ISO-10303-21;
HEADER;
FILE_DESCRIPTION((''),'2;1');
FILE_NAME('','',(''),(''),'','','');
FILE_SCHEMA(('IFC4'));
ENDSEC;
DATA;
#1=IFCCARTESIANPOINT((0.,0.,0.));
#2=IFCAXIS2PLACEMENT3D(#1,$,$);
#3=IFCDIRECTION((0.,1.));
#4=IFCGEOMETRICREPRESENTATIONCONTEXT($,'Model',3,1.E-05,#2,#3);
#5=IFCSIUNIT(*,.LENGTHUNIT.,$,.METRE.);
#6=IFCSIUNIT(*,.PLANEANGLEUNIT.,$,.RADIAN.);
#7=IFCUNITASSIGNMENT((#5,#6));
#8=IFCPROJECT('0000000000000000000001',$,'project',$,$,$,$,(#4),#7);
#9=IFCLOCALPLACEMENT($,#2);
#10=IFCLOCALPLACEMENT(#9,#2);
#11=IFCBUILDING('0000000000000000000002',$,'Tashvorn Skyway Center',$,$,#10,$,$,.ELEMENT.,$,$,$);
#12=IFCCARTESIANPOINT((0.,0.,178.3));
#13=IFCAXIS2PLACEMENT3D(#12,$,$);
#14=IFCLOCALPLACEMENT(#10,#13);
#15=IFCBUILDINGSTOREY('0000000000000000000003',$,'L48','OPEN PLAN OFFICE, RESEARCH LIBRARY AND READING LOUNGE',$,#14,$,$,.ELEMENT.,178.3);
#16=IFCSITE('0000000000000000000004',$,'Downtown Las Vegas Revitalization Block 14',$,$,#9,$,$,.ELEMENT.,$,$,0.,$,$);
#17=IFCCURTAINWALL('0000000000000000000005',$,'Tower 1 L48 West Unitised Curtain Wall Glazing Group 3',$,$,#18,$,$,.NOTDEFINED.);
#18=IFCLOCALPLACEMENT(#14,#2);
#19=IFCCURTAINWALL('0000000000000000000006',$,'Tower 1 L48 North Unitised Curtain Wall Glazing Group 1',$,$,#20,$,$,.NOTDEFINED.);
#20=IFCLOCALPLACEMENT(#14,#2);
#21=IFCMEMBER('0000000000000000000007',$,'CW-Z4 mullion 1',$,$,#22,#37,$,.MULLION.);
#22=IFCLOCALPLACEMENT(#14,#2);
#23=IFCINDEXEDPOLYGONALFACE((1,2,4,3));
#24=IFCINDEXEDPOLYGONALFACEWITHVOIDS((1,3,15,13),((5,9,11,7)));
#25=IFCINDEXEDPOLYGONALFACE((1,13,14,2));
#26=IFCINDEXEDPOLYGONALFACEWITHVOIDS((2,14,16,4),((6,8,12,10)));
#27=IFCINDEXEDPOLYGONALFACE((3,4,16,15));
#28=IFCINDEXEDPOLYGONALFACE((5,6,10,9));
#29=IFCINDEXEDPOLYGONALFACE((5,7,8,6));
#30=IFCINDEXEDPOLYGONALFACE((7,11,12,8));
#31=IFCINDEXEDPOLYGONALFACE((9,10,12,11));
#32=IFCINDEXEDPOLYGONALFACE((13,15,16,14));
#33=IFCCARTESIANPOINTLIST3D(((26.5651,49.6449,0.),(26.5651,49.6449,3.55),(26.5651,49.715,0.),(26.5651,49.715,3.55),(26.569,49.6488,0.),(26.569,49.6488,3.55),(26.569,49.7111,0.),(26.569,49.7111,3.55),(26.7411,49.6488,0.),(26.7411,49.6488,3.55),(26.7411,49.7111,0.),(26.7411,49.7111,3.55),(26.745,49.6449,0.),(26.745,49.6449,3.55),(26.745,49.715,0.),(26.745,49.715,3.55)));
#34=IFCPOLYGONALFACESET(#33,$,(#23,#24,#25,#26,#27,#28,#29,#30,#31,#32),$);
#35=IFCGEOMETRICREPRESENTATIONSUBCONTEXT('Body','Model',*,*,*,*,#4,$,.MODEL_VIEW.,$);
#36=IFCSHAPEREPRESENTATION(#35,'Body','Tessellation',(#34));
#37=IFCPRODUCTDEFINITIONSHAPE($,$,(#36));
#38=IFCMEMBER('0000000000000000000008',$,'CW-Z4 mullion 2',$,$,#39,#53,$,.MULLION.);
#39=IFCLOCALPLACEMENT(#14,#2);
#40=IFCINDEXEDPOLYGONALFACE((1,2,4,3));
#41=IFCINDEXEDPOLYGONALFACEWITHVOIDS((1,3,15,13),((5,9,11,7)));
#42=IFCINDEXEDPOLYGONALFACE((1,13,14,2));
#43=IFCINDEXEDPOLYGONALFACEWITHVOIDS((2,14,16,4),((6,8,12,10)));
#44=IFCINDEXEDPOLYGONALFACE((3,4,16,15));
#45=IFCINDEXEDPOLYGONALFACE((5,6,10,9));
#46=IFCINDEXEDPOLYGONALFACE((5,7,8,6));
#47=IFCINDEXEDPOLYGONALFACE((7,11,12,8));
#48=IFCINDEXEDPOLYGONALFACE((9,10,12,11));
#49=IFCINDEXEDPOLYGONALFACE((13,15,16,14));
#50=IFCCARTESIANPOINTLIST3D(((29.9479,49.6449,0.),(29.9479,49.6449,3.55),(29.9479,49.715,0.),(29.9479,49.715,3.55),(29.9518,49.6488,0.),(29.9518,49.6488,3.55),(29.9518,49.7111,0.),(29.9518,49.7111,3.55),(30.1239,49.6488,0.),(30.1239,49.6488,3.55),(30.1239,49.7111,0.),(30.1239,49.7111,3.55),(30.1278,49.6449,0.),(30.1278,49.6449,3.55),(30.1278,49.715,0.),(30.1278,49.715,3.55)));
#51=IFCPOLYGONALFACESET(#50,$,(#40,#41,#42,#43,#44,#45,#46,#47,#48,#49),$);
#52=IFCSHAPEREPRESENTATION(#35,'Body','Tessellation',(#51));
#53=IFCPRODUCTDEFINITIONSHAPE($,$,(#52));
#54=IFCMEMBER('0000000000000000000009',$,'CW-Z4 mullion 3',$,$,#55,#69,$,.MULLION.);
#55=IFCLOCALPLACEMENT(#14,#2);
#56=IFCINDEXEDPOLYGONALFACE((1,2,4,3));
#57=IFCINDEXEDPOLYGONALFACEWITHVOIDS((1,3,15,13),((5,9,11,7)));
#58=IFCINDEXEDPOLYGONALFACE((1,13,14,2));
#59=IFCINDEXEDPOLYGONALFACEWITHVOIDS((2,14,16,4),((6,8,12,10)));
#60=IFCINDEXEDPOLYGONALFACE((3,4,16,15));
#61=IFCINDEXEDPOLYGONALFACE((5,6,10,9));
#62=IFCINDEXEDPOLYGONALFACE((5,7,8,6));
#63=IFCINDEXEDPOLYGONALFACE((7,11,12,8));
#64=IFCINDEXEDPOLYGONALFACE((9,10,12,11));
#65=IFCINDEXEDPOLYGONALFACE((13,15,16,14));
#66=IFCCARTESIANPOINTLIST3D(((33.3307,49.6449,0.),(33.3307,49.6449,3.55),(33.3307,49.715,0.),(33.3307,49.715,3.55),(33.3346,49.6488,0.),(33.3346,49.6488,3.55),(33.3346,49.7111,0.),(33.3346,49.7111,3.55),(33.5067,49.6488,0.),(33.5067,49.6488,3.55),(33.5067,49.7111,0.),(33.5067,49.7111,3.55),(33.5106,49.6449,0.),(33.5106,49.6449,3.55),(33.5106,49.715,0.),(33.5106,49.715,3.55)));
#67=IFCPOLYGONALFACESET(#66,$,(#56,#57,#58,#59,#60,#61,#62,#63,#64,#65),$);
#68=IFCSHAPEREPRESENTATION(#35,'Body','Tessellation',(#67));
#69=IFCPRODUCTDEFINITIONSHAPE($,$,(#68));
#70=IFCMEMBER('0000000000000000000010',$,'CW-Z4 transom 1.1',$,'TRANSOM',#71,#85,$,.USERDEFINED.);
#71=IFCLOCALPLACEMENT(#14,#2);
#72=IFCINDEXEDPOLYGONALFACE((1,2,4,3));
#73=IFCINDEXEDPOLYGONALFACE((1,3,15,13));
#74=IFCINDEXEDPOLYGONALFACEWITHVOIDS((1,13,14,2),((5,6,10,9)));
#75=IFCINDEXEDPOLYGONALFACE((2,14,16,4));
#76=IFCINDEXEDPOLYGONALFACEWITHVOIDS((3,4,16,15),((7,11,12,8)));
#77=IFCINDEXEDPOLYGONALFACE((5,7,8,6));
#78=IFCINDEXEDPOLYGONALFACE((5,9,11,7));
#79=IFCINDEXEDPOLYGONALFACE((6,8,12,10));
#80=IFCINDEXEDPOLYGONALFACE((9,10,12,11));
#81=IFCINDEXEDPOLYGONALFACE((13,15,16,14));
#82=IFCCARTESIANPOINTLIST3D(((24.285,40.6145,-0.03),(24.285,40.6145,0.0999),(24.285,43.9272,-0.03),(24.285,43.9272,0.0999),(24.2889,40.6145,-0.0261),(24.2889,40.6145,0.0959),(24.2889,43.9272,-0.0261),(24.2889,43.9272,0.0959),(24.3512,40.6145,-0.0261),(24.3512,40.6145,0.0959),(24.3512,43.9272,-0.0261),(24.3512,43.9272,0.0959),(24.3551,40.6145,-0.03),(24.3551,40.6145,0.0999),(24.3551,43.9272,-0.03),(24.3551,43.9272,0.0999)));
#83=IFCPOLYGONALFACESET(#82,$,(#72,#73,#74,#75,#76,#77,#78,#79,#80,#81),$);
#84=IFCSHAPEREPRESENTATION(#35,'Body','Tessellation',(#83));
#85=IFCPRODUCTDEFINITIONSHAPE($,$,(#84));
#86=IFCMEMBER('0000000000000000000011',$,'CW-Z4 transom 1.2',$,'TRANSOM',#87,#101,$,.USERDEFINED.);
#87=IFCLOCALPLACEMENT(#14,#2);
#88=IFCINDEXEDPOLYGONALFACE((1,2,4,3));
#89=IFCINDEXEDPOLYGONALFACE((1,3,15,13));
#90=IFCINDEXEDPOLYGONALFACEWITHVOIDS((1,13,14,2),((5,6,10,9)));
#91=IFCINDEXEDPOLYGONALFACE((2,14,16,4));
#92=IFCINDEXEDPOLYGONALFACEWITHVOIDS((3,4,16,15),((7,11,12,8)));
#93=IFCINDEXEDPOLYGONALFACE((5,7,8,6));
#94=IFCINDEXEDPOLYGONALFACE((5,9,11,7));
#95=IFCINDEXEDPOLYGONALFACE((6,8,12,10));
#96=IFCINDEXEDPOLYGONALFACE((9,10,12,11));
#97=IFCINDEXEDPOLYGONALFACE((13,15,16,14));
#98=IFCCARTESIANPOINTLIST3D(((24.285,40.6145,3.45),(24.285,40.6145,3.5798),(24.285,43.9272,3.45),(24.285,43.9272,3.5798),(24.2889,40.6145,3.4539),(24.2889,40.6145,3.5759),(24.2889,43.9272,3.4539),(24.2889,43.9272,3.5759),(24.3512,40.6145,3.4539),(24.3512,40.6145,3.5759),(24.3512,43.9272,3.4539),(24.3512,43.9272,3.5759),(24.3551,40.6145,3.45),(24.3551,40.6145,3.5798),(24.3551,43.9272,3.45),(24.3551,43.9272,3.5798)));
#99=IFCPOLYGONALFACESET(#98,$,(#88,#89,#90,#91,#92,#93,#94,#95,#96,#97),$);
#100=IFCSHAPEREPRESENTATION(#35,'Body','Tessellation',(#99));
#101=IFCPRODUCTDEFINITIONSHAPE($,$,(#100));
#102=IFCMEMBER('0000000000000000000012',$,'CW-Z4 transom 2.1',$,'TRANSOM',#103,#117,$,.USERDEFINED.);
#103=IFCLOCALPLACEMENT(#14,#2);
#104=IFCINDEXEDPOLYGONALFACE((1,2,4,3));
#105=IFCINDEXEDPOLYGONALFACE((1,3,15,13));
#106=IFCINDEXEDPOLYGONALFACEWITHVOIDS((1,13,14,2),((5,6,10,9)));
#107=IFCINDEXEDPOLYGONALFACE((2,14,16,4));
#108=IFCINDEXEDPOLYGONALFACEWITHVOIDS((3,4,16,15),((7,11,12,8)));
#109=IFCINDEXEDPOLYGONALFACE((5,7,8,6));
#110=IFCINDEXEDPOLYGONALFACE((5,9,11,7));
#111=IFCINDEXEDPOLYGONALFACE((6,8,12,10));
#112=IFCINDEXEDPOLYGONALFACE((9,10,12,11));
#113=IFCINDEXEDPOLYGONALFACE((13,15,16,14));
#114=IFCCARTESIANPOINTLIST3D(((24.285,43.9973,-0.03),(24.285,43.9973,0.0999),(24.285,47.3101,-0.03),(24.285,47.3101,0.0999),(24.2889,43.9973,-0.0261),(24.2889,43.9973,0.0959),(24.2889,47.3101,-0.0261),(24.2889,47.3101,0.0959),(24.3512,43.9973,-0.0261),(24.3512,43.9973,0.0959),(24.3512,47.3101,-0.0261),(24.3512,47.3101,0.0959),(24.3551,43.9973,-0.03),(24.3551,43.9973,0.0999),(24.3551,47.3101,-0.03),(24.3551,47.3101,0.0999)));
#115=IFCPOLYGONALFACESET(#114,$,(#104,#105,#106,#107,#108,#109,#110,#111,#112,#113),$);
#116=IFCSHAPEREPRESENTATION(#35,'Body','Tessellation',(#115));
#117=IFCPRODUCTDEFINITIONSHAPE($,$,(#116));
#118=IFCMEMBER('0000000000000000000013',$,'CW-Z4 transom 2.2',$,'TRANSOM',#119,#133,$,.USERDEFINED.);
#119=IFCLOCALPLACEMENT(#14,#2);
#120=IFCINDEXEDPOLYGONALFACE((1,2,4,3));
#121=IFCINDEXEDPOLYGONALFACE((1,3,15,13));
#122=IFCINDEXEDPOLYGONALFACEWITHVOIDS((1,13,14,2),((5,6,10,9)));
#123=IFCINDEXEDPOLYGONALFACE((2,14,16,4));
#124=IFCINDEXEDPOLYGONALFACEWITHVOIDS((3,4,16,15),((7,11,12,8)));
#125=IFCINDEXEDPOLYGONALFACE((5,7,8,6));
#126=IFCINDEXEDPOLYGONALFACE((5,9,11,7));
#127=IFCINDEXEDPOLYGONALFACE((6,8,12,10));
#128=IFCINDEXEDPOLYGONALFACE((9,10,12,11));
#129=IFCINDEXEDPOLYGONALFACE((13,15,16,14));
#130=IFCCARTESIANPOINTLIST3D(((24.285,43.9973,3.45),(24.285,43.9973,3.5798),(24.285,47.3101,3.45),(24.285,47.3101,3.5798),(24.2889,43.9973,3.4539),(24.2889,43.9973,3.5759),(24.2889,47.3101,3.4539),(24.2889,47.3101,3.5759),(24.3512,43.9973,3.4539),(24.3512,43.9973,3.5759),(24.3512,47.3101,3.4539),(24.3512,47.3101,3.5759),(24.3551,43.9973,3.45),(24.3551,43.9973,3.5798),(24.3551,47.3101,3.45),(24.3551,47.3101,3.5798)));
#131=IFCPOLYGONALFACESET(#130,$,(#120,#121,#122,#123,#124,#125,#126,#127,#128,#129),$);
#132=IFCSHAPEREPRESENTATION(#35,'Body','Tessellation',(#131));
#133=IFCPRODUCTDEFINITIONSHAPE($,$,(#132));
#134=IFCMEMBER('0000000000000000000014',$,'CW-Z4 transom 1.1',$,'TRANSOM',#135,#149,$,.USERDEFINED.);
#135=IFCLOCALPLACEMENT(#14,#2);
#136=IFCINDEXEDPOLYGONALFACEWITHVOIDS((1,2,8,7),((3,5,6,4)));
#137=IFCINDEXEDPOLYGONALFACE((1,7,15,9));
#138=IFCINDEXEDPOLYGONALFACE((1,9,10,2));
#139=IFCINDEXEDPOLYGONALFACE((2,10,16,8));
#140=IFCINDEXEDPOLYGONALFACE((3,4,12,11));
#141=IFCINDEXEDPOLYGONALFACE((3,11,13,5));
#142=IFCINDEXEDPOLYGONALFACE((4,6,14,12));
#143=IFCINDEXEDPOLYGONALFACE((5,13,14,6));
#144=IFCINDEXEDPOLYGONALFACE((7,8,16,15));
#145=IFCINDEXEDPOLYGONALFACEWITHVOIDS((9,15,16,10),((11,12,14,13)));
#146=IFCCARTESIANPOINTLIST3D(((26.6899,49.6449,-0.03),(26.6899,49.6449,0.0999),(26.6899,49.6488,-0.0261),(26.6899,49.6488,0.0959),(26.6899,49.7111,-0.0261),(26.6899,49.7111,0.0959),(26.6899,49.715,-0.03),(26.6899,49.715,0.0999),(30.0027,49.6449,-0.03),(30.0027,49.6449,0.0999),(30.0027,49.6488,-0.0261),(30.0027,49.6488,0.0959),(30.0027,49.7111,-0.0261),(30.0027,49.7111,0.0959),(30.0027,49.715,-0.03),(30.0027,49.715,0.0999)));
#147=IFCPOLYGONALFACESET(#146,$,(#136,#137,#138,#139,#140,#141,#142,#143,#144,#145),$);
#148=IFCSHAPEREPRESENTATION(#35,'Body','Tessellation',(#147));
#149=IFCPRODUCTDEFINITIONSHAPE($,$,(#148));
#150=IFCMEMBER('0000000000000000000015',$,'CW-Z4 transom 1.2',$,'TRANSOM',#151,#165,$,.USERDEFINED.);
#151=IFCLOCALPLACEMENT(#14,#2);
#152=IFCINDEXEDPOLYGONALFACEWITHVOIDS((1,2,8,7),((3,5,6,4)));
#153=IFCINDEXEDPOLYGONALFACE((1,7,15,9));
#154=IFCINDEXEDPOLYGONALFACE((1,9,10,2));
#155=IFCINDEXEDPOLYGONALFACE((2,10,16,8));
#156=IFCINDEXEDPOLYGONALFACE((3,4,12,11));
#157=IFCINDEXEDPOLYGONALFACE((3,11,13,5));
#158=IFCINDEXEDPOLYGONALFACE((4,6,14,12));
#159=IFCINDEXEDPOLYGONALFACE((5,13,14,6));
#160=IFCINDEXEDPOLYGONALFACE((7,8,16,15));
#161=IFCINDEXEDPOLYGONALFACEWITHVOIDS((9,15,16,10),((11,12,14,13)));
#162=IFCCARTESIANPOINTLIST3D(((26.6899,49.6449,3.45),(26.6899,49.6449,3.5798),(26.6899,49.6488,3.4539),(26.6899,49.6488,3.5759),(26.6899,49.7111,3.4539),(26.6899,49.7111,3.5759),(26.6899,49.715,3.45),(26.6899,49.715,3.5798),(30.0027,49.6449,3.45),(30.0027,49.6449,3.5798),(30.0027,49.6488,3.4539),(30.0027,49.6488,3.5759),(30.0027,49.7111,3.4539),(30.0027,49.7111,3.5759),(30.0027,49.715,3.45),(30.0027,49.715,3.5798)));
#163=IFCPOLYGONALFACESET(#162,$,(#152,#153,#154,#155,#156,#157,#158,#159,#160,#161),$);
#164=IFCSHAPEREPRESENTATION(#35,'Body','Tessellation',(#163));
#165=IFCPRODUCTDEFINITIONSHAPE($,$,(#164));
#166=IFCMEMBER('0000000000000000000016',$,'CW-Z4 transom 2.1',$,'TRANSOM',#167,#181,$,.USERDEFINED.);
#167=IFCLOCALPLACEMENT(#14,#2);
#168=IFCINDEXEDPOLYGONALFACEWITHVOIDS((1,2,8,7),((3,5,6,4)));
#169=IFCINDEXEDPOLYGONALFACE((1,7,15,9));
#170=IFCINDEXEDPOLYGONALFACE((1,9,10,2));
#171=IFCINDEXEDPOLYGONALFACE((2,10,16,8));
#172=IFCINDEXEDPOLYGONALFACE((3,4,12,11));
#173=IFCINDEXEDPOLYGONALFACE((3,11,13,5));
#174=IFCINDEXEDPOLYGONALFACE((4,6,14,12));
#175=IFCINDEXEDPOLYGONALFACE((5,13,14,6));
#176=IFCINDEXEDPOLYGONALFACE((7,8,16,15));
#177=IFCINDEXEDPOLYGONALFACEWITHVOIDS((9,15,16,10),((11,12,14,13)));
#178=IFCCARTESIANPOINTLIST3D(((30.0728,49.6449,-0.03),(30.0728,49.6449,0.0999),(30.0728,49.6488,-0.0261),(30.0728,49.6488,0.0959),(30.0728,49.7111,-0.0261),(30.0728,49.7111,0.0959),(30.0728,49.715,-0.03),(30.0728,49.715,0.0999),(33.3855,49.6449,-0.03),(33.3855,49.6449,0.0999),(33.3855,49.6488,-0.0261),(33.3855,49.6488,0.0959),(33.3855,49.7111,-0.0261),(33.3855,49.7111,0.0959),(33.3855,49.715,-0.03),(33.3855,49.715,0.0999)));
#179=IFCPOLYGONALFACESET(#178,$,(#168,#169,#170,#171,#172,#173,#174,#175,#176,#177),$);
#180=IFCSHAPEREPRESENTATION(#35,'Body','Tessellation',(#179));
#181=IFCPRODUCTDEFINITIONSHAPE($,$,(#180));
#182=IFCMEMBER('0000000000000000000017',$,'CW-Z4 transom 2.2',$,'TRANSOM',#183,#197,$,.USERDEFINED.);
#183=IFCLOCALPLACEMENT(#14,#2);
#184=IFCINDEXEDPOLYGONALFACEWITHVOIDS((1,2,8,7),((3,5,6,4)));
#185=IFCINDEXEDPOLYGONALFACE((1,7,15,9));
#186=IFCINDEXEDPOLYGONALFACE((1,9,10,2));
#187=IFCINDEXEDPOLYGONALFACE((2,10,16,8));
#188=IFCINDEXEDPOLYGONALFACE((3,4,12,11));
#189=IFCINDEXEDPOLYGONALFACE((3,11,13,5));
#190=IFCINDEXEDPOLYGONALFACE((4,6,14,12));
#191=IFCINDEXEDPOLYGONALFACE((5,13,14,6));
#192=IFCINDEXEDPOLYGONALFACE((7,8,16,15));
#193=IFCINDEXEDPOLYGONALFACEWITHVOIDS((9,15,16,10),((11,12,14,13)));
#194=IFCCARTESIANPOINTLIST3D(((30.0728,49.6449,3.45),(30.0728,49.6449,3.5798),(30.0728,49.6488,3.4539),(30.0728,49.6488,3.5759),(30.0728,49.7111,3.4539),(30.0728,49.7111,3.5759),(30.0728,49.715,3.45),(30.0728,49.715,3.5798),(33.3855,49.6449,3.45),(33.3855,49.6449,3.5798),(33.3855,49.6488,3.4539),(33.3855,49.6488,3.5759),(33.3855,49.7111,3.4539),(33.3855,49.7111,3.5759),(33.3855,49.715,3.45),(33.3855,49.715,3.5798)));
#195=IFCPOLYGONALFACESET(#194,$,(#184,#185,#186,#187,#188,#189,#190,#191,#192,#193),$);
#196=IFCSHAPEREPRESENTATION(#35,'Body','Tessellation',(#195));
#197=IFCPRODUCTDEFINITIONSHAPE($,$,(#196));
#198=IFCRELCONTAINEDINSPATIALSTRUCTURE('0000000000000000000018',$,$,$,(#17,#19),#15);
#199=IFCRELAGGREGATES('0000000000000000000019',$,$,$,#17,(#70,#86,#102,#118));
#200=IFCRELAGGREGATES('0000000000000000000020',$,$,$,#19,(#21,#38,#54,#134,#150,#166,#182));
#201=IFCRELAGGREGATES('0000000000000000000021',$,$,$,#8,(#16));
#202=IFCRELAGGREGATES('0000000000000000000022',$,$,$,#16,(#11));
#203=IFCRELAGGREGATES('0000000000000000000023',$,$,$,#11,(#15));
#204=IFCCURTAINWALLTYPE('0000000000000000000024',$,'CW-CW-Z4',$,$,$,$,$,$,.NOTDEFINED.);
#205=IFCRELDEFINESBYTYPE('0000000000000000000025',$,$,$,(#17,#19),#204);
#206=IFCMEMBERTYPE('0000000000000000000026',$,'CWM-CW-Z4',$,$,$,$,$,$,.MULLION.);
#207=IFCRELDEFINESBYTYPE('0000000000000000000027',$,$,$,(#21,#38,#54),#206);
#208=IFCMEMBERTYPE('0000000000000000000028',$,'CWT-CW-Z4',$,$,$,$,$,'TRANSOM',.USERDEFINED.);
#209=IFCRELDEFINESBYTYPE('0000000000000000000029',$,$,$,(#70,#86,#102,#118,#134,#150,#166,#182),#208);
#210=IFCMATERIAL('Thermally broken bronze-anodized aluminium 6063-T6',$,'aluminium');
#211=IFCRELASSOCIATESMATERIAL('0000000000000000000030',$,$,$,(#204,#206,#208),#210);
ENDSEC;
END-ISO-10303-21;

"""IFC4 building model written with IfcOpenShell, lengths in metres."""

from ifc_helpers import new_model, si_unit, direction, frame, origin, origin_2d, place, context, subcontext, project, spatial, hollow_rectangle, extrude, material, material_profile, profile_set, type_object, element, aggregate, save


model = new_model("IFC4")

# Units and contexts
model_context = context("Model", 3, precision=1e-05, world=origin(), true_north=direction((0.0, 1.0)))
body_context = subcontext(model_context, "Body", "Model", "MODEL_VIEW")
ifc_project = project(units=[si_unit("LENGTHUNIT", "METRE"), si_unit("PLANEANGLEUNIT", "RADIAN")], contexts=[model_context])

# Site, building, storey
site_placement = place(None, origin())
site = spatial("IfcSite", under=ifc_project, at=site_placement, Name="Downtown Las Vegas Revitalization Block 14", CompositionType="ELEMENT", RefElevation=0.0)
building_placement = place(site_placement, origin())
building = spatial("IfcBuilding", under=site, at=building_placement, Name="Tashvorn Skyway Center", CompositionType="ELEMENT")
storey_placement = place(building_placement, frame((0.0, 0.0, 178.3)))
storey = spatial("IfcBuildingStorey", under=building, at=storey_placement, Name="L48", Description="OPEN PLAN OFFICE, RESEARCH LIBRARY AND READING LOUNGE", CompositionType="ELEMENT", Elevation=178.3)

# Curtain walls, members
ifc_material_1 = material(Name="Thermally broken bronze-anodized aluminium 6063-T6", Category="aluminium")
curtain_wall_type = type_object("IfcCurtainWallType", Name="CW-CW-Z4", PredefinedType="NOTDEFINED", material=ifc_material_1)
curtain_wall_1_placement = place(storey_placement, origin())
curtain_wall_1 = element("IfcCurtainWall", 1, at=curtain_wall_1_placement, inside=storey, type_object=curtain_wall_type, Name="Tower 1 L48 West Unitised Curtain Wall Glazing Group 3", PredefinedType="NOTDEFINED")
ifc_material_profile_1 = material_profile(ifc_material_1, hollow_rectangle(XDim=0.0701, YDim=0.1799, WallThickness=0.0039, at=origin_2d()), Name="ALU-MULL-70x180")
ifc_profile_set_1 = profile_set([ifc_material_profile_1], Name="Thermally broken bronze-anodized aluminium 6063-T6")
member_type_1 = type_object("IfcMemberType", Name="CWM-CW-Z4", PredefinedType="MULLION", material=ifc_profile_set_1)
curtain_wall_2_placement = place(storey_placement, origin())
curtain_wall_2 = element("IfcCurtainWall", 2, at=curtain_wall_2_placement, inside=storey, type_object=curtain_wall_type, Name="Tower 1 L48 North Unitised Curtain Wall Glazing Group 1", PredefinedType="NOTDEFINED")
member_1_placement = place(storey_placement, frame((26.655, 49.6799, 0.0), z_axis=(0.0, 0.0, 1.0), x_axis=(0.0, 1.0, 0.0)))
member_1 = element("IfcMember", 3, at=member_1_placement, type_object=member_type_1, Name="CW-Z4 mullion 1", PredefinedType="MULLION", context=body_context, shape_type="SweptSolid", body=[
    extrude(hollow_rectangle(XDim=0.0701, YDim=0.1799, WallThickness=0.0039, at=origin_2d()), origin(), (0.0, 0.0, 1.0), 3.55),
])
member_2_placement = place(storey_placement, frame((30.0378, 49.6799, 0.0), z_axis=(0.0, 0.0, 1.0), x_axis=(0.0, 1.0, 0.0)))
member_2 = element("IfcMember", 4, at=member_2_placement, type_object=member_type_1, Name="CW-Z4 mullion 2", PredefinedType="MULLION", context=body_context, shape_type="SweptSolid", body=[
    extrude(hollow_rectangle(XDim=0.0701, YDim=0.1799, WallThickness=0.0039, at=origin_2d()), origin(), (0.0, 0.0, 1.0), 3.55),
])
member_3_placement = place(storey_placement, frame((33.4207, 49.6799, 0.0), z_axis=(0.0, 0.0, 1.0), x_axis=(0.0, 1.0, 0.0)))
member_3 = element("IfcMember", 5, at=member_3_placement, type_object=member_type_1, Name="CW-Z4 mullion 3", PredefinedType="MULLION", context=body_context, shape_type="SweptSolid", body=[
    extrude(hollow_rectangle(XDim=0.0701, YDim=0.1799, WallThickness=0.0039, at=origin_2d()), origin(), (0.0, 0.0, 1.0), 3.55),
])

# Members
ifc_material_profile_2 = material_profile(ifc_material_1, hollow_rectangle(XDim=0.0701, YDim=0.1299, WallThickness=0.0039, at=origin_2d()), Name="ALU-TRAN-70x130")
ifc_profile_set_2 = profile_set([ifc_material_profile_2], Name="Thermally broken bronze-anodized aluminium 6063-T6")
member_type_2 = type_object("IfcMemberType", Name="CWT-CW-Z4", ElementType="TRANSOM", PredefinedType="USERDEFINED", material=ifc_profile_set_2)
member_4_placement = place(storey_placement, frame((24.3201, 40.6145, 0.0349), z_axis=(0.0, 1.0, 0.0), x_axis=(-1.0, 0.0, 0.0)))
member_4 = element("IfcMember", 6, at=member_4_placement, type_object=member_type_2, Name="CW-Z4 transom 1.1", ObjectType="TRANSOM", PredefinedType="USERDEFINED", context=body_context, shape_type="SweptSolid", body=[
    extrude(hollow_rectangle(XDim=0.0701, YDim=0.1299, WallThickness=0.0039, at=origin_2d()), origin(), (0.0, 0.0, 1.0), 3.3127),
])
member_5_placement = place(storey_placement, frame((24.3201, 40.6145, 3.5149), z_axis=(0.0, 1.0, 0.0), x_axis=(-1.0, 0.0, 0.0)))
member_5 = element("IfcMember", 7, at=member_5_placement, type_object=member_type_2, Name="CW-Z4 transom 1.2", ObjectType="TRANSOM", PredefinedType="USERDEFINED", context=body_context, shape_type="SweptSolid", body=[
    extrude(hollow_rectangle(XDim=0.0701, YDim=0.1299, WallThickness=0.0039, at=origin_2d()), origin(), (0.0, 0.0, 1.0), 3.3127),
])
member_6_placement = place(storey_placement, frame((24.3201, 43.9973, 0.0349), z_axis=(0.0, 1.0, 0.0), x_axis=(-1.0, 0.0, 0.0)))
member_6 = element("IfcMember", 8, at=member_6_placement, type_object=member_type_2, Name="CW-Z4 transom 2.1", ObjectType="TRANSOM", PredefinedType="USERDEFINED", context=body_context, shape_type="SweptSolid", body=[
    extrude(hollow_rectangle(XDim=0.0701, YDim=0.1299, WallThickness=0.0039, at=origin_2d()), origin(), (0.0, 0.0, 1.0), 3.3127),
])
member_7_placement = place(storey_placement, frame((24.3201, 43.9973, 3.5149), z_axis=(0.0, 1.0, 0.0), x_axis=(-1.0, 0.0, 0.0)))
member_7 = element("IfcMember", 9, at=member_7_placement, type_object=member_type_2, Name="CW-Z4 transom 2.2", ObjectType="TRANSOM", PredefinedType="USERDEFINED", context=body_context, shape_type="SweptSolid", body=[
    extrude(hollow_rectangle(XDim=0.0701, YDim=0.1299, WallThickness=0.0039, at=origin_2d()), origin(), (0.0, 0.0, 1.0), 3.3127),
])
member_8_placement = place(storey_placement, frame((26.6899, 49.6799, 0.0349), z_axis=(1.0, 0.0, 0.0), x_axis=(0.0, 1.0, 0.0)))
member_8 = element("IfcMember", 10, at=member_8_placement, type_object=member_type_2, Name="CW-Z4 transom 1.1", ObjectType="TRANSOM", PredefinedType="USERDEFINED", context=body_context, shape_type="SweptSolid", body=[
    extrude(hollow_rectangle(XDim=0.0701, YDim=0.1299, WallThickness=0.0039, at=origin_2d()), origin(), (0.0, 0.0, 1.0), 3.3127),
])
member_9_placement = place(storey_placement, frame((26.6899, 49.6799, 3.5149), z_axis=(1.0, 0.0, 0.0), x_axis=(0.0, 1.0, 0.0)))
member_9 = element("IfcMember", 11, at=member_9_placement, type_object=member_type_2, Name="CW-Z4 transom 1.2", ObjectType="TRANSOM", PredefinedType="USERDEFINED", context=body_context, shape_type="SweptSolid", body=[
    extrude(hollow_rectangle(XDim=0.0701, YDim=0.1299, WallThickness=0.0039, at=origin_2d()), origin(), (0.0, 0.0, 1.0), 3.3127),
])
member_10_placement = place(storey_placement, frame((30.0728, 49.6799, 0.0349), z_axis=(1.0, 0.0, 0.0), x_axis=(0.0, 1.0, 0.0)))
member_10 = element("IfcMember", 12, at=member_10_placement, type_object=member_type_2, Name="CW-Z4 transom 2.1", ObjectType="TRANSOM", PredefinedType="USERDEFINED", context=body_context, shape_type="SweptSolid", body=[
    extrude(hollow_rectangle(XDim=0.0701, YDim=0.1299, WallThickness=0.0039, at=origin_2d()), origin(), (0.0, 0.0, 1.0), 3.3127),
])
member_11_placement = place(storey_placement, frame((30.0728, 49.6799, 3.5149), z_axis=(1.0, 0.0, 0.0), x_axis=(0.0, 1.0, 0.0)))
member_11 = element("IfcMember", 13, at=member_11_placement, type_object=member_type_2, Name="CW-Z4 transom 2.2", ObjectType="TRANSOM", PredefinedType="USERDEFINED", context=body_context, shape_type="SweptSolid", body=[
    extrude(hollow_rectangle(XDim=0.0701, YDim=0.1299, WallThickness=0.0039, at=origin_2d()), origin(), (0.0, 0.0, 1.0), 3.3127),
])

aggregate(curtain_wall_1, [member_4, member_5, member_6, member_7])
aggregate(curtain_wall_2, [member_1, member_2, member_3, member_8, member_9, member_10, member_11])

save(model, "model.ifc")
